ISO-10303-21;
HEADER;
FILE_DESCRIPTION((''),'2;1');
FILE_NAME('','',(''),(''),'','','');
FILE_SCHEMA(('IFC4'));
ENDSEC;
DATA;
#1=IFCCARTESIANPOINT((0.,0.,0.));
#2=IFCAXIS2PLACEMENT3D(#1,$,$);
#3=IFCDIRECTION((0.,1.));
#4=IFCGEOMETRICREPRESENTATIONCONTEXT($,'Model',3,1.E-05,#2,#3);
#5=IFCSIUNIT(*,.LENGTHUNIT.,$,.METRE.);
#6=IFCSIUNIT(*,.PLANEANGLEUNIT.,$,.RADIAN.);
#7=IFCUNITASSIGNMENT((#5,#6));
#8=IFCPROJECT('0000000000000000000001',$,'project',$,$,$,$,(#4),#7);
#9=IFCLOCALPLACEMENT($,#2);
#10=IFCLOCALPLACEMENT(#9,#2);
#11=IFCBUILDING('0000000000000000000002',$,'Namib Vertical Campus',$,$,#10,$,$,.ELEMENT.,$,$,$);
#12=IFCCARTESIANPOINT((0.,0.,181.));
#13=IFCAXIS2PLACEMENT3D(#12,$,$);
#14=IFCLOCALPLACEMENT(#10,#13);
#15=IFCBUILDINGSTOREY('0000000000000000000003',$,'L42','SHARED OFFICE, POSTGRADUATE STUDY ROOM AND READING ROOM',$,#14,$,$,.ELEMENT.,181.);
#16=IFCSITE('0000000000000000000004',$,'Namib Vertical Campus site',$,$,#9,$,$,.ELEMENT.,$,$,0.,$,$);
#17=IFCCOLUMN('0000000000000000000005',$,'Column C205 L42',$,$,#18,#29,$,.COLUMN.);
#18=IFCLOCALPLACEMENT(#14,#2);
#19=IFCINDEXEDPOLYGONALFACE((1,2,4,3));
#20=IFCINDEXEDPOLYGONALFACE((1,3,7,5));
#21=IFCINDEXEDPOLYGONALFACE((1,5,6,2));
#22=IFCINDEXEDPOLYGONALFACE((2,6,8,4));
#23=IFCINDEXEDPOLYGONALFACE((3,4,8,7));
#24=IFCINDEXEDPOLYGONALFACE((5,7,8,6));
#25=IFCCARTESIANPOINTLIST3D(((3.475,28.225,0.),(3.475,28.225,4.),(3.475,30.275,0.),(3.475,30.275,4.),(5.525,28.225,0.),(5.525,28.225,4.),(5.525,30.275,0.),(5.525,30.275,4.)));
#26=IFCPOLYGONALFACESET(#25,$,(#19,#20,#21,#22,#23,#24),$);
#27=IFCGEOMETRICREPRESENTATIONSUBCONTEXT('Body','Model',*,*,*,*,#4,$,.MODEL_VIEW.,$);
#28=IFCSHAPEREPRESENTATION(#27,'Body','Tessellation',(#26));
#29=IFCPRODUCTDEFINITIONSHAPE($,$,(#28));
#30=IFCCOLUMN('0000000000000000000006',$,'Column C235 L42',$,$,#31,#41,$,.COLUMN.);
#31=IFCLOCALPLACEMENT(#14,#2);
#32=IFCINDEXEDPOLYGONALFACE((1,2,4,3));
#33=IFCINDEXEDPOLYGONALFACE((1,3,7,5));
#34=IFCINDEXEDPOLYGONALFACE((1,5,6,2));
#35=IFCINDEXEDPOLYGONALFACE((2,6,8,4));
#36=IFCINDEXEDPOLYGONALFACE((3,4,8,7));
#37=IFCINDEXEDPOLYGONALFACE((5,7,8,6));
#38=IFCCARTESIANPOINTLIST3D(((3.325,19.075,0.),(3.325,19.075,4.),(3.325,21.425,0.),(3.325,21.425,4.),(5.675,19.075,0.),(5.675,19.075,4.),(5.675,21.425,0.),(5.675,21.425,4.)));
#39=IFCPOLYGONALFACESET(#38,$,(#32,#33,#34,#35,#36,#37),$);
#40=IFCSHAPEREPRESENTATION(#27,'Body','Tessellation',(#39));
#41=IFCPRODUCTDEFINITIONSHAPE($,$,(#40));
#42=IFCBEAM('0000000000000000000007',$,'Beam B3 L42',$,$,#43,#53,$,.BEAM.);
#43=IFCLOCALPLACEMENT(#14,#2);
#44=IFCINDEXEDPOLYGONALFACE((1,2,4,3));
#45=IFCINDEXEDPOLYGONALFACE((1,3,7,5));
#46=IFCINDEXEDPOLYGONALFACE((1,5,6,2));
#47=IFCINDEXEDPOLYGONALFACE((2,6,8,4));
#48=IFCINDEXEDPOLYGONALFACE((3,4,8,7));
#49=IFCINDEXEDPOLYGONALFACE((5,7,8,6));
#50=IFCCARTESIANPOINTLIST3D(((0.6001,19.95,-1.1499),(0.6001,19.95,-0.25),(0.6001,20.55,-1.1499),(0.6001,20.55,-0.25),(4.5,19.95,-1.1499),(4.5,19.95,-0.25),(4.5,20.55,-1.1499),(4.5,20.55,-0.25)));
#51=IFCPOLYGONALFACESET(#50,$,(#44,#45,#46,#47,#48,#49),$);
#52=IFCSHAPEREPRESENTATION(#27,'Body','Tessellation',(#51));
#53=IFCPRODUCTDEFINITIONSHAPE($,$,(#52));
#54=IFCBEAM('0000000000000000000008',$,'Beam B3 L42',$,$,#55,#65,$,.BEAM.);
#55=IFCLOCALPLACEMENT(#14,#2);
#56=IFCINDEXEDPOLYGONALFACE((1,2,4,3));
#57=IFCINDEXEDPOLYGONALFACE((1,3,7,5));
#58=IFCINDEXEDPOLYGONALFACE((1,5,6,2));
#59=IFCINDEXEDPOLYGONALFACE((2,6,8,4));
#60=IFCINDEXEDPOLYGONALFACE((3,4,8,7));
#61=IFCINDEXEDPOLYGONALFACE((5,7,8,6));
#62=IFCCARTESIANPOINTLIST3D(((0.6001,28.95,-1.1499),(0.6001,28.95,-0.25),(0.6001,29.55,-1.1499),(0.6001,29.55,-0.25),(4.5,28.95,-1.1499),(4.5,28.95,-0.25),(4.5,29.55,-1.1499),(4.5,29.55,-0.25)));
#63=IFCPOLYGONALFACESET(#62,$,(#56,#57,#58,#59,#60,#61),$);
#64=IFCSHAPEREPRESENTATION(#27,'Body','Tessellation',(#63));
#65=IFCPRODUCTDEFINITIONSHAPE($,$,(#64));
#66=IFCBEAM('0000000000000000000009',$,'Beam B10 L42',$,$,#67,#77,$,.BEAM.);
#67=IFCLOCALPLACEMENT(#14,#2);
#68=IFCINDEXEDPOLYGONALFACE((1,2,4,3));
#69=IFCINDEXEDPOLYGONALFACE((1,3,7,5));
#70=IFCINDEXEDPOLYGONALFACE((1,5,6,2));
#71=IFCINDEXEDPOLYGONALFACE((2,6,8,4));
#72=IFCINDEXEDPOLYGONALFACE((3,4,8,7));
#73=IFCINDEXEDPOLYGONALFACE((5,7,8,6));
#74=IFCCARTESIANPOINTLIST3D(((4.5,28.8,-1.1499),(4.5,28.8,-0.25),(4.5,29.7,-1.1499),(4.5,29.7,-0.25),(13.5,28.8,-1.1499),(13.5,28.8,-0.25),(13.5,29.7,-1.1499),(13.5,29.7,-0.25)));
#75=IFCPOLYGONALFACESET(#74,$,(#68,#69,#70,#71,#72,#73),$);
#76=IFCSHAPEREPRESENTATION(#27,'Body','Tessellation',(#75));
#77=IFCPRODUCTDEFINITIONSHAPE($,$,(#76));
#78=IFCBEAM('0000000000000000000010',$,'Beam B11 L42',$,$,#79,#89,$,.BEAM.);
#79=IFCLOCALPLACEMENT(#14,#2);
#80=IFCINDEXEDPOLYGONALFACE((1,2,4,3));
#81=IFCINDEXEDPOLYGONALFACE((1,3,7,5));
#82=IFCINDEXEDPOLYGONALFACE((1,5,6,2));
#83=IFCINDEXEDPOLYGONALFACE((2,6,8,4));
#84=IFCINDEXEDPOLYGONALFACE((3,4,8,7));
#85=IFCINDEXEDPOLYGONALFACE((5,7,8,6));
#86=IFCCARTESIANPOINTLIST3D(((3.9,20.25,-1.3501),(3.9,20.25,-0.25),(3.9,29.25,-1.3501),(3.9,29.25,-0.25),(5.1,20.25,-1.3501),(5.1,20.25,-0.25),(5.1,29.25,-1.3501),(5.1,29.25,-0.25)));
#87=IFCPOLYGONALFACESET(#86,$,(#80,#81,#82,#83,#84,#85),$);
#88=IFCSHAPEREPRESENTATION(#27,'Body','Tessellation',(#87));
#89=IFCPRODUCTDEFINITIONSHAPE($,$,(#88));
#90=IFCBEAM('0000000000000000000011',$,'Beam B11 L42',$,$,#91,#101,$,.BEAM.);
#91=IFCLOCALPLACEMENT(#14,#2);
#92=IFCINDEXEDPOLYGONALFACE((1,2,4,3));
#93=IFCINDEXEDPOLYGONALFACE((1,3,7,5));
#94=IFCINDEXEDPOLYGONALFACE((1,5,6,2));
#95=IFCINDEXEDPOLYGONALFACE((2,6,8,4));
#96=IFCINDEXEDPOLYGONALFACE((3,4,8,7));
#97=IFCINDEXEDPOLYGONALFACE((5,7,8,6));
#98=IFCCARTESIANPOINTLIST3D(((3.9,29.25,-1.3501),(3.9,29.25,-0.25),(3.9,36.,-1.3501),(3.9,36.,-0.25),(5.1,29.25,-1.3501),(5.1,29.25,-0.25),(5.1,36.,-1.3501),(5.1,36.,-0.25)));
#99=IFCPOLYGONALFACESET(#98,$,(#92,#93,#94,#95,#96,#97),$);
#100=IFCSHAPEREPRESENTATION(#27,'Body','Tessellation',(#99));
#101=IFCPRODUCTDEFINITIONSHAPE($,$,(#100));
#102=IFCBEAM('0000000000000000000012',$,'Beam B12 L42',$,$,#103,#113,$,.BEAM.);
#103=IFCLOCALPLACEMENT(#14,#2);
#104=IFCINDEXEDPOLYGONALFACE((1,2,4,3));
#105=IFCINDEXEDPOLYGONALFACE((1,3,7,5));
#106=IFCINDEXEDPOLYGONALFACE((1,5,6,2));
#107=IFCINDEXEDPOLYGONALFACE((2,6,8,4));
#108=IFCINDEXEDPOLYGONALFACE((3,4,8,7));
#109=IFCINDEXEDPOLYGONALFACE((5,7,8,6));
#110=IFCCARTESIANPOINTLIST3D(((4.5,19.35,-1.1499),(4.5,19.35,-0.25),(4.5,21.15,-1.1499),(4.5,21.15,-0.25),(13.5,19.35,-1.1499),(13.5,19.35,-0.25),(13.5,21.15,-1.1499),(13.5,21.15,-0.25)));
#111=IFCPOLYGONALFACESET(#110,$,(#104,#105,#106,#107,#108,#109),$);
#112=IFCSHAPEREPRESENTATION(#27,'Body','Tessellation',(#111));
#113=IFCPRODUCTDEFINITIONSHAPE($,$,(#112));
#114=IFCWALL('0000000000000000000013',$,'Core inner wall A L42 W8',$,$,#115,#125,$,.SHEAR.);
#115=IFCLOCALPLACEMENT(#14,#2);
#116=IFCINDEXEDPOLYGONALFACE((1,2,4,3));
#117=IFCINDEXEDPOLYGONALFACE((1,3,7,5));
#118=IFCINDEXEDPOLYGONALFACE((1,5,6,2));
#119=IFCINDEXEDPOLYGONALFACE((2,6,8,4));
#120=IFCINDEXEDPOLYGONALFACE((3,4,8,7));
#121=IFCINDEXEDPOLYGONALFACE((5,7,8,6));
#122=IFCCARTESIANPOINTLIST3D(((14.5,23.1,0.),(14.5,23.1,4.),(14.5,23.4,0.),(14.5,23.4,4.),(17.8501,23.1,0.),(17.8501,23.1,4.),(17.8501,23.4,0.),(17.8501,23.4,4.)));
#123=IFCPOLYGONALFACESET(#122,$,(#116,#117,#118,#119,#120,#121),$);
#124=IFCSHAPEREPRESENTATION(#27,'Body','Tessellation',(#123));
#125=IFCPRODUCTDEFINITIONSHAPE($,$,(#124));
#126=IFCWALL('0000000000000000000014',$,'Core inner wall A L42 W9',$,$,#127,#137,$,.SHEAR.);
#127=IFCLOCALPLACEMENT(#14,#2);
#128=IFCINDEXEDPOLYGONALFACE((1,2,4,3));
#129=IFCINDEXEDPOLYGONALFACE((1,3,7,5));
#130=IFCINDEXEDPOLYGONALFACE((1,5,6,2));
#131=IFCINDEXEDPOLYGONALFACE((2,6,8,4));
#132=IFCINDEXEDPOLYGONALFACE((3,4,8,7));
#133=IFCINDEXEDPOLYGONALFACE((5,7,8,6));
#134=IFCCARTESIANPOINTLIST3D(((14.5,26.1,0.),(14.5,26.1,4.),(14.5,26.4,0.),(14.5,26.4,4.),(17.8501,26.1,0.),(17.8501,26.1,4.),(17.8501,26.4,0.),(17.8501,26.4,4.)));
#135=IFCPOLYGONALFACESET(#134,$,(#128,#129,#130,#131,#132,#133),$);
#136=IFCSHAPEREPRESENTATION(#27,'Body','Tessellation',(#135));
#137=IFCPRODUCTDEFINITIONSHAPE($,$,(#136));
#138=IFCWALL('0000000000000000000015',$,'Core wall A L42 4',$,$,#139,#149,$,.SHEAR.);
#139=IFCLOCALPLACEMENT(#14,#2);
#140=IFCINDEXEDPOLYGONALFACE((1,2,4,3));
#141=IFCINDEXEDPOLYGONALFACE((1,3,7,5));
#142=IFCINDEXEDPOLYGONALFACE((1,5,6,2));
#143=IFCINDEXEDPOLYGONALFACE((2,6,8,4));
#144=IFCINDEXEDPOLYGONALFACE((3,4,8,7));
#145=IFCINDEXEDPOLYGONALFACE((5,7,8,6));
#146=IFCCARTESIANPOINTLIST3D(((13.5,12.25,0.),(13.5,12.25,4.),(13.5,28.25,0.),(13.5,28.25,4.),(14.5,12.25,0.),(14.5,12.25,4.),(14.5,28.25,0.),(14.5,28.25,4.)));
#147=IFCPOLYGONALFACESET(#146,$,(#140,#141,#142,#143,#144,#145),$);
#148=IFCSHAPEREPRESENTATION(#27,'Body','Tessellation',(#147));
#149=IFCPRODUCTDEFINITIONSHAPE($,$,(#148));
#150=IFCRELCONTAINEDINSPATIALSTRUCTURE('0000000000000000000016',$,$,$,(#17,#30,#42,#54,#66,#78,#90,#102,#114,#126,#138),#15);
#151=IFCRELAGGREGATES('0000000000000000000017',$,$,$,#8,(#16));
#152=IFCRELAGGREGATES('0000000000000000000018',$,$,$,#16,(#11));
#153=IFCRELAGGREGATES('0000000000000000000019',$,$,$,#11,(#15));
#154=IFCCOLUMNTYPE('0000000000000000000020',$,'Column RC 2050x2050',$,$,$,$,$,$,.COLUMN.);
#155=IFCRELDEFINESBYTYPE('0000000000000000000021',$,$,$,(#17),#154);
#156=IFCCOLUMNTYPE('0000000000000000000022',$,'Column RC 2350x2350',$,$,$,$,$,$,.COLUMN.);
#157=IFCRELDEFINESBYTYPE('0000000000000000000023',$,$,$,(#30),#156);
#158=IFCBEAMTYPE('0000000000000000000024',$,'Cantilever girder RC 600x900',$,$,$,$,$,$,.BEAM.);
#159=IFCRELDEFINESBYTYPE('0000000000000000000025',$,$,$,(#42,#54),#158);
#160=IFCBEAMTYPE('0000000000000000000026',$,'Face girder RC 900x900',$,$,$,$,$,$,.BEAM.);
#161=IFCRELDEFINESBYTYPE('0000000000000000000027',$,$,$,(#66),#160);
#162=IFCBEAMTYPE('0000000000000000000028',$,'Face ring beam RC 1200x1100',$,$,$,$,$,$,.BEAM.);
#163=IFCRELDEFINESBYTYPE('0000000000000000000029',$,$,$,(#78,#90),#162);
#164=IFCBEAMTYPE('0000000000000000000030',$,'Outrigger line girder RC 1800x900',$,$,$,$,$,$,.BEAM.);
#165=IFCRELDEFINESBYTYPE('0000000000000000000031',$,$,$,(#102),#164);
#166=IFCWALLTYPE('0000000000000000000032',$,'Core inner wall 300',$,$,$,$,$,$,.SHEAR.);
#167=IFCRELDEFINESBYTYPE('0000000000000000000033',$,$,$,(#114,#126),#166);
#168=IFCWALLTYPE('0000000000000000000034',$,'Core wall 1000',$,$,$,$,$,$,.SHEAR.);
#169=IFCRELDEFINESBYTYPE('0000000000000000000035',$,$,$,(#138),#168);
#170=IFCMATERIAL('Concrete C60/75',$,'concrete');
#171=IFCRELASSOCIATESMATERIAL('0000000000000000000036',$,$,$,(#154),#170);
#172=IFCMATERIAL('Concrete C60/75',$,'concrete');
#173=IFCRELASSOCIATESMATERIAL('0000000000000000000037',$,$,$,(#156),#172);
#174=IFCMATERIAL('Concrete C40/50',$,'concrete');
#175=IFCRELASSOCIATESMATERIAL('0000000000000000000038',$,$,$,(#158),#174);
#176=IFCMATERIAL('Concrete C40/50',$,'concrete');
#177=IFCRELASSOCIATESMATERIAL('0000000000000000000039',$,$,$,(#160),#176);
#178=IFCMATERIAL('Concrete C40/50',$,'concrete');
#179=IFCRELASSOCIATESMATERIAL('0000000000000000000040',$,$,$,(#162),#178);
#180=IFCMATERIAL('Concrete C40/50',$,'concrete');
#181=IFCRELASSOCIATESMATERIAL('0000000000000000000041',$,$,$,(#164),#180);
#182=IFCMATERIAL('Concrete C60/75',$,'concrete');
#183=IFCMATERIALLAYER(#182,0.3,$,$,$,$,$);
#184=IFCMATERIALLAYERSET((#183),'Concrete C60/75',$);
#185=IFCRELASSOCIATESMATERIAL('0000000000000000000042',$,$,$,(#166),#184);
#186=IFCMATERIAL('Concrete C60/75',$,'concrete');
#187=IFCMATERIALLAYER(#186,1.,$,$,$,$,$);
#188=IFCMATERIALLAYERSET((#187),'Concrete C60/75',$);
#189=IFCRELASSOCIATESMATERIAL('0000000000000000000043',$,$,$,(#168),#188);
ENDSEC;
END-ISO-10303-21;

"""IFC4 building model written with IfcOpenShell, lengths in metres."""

from ifc_helpers import new_model, si_unit, direction, frame, frame_2d, origin, origin_2d, place, context, subcontext, project, spatial, rectangle, extrude, material, layer, layer_set, material_profile, profile_set, type_object, element, save


model = new_model("IFC4")

# Units and contexts
model_context = context("Model", 3, precision=1e-05, world=origin(), true_north=direction((0.0, 1.0)))
body_context = subcontext(model_context, "Body", "Model", "MODEL_VIEW")
ifc_project = project(units=[si_unit("LENGTHUNIT", "METRE"), si_unit("PLANEANGLEUNIT", "RADIAN")], contexts=[model_context])

# Site, building, storey
site_placement = place(None, origin())
site = spatial("IfcSite", under=ifc_project, at=site_placement, Name="Namib Vertical Campus site", CompositionType="ELEMENT", RefElevation=0.0)
building_placement = place(site_placement, origin())
building = spatial("IfcBuilding", under=site, at=building_placement, Name="Namib Vertical Campus", CompositionType="ELEMENT")
storey_placement = place(building_placement, frame((0.0, 0.0, 181.0)))
storey = spatial("IfcBuildingStorey", under=building, at=storey_placement, Name="L42", Description="SHARED OFFICE, POSTGRADUATE STUDY ROOM AND READING ROOM", CompositionType="ELEMENT", Elevation=181.0)

# Columns
ifc_material_1 = material(Name="Concrete C60/75", Category="concrete")
ifc_material_profile_1 = material_profile(ifc_material_1, rectangle(XDim=2.05, YDim=2.05, at=origin_2d()))
ifc_profile_set_1 = profile_set([ifc_material_profile_1], Name="Concrete C60/75")
column_type_1 = type_object("IfcColumnType", Name="Column RC 2050x2050", PredefinedType="COLUMN", material=ifc_profile_set_1)
column_1_placement = place(storey_placement, frame((4.5, 29.25, 0.0), z_axis=(0.0, 0.0, 1.0), x_axis=(1.0, 0.0, 0.0)))
element("IfcColumn", 1, at=column_1_placement, inside=storey, type_object=column_type_1, Name="Column C205 L42", PredefinedType="COLUMN", context=body_context, shape_type="SweptSolid", body=[
    extrude(rectangle(XDim=2.05, YDim=2.05, at=origin_2d()), origin(), (0.0, 0.0, 1.0), 4.0),
])
ifc_material_2 = material(Name="Concrete C60/75", Category="concrete")
ifc_material_profile_2 = material_profile(ifc_material_2, rectangle(XDim=2.3501, YDim=2.3501, at=origin_2d()))
ifc_profile_set_2 = profile_set([ifc_material_profile_2], Name="Concrete C60/75")
column_type_2 = type_object("IfcColumnType", Name="Column RC 2350x2350", PredefinedType="COLUMN", material=ifc_profile_set_2)
column_2_placement = place(storey_placement, frame((4.5, 20.25, 0.0), z_axis=(0.0, 0.0, 1.0), x_axis=(1.0, 0.0, 0.0)))
element("IfcColumn", 2, at=column_2_placement, inside=storey, type_object=column_type_2, Name="Column C235 L42", PredefinedType="COLUMN", context=body_context, shape_type="SweptSolid", body=[
    extrude(rectangle(XDim=2.3501, YDim=2.3501, at=origin_2d()), origin(), (0.0, 0.0, 1.0), 4.0),
])

# Beams
ifc_material_3 = material(Name="Concrete C40/50", Category="concrete")
ifc_material_profile_3 = material_profile(ifc_material_3, rectangle(XDim=0.6001, YDim=0.8999, at=origin_2d()))
ifc_profile_set_3 = profile_set([ifc_material_profile_3], Name="Concrete C40/50")
beam_type_1 = type_object("IfcBeamType", Name="Cantilever girder RC 600x900", PredefinedType="BEAM", material=ifc_profile_set_3)
for number, where, z_axis, x_axis, name in (
    (3, (4.5, 20.25, -0.7), (-1.0, 0.0, 0.0), (0.0, -1.0, 0.0), "Beam B3 L42"),
    (4, (4.5, 29.25, -0.7), (-1.0, 0.0, 0.0), (0.0, -1.0, 0.0), "Beam B3 L42"),
):
    element("IfcBeam", number, at=place(storey_placement, frame(where, z_axis=z_axis, x_axis=x_axis)), inside=storey, type_object=beam_type_1, Name=name, PredefinedType="BEAM", context=body_context, shape_type="SweptSolid", body=[
        extrude(rectangle(XDim=0.6001, YDim=0.8999, at=origin_2d()), origin(), (0.0, 0.0, 1.0), 3.8999),
    ])
ifc_material_4 = material(Name="Concrete C40/50", Category="concrete")
ifc_material_profile_4 = material_profile(ifc_material_4, rectangle(XDim=0.8999, YDim=0.8999, at=origin_2d()))
ifc_profile_set_4 = profile_set([ifc_material_profile_4], Name="Concrete C40/50")
beam_type_2 = type_object("IfcBeamType", Name="Face girder RC 900x900", PredefinedType="BEAM", material=ifc_profile_set_4)
beam_1_placement = place(storey_placement, frame((4.5, 29.25, -0.7), z_axis=(1.0, 0.0, 0.0), x_axis=(0.0, 1.0, 0.0)))
element("IfcBeam", 5, at=beam_1_placement, inside=storey, type_object=beam_type_2, Name="Beam B10 L42", PredefinedType="BEAM", context=body_context, shape_type="SweptSolid", body=[
    extrude(rectangle(XDim=0.8999, YDim=0.8999, at=origin_2d()), origin(), (0.0, 0.0, 1.0), 9.0),
])
ifc_material_5 = material(Name="Concrete C40/50", Category="concrete")
ifc_material_profile_5 = material_profile(ifc_material_5, rectangle(XDim=1.2, YDim=1.1001, at=origin_2d()))
ifc_profile_set_5 = profile_set([ifc_material_profile_5], Name="Concrete C40/50")
beam_type_3 = type_object("IfcBeamType", Name="Face ring beam RC 1200x1100", PredefinedType="BEAM", material=ifc_profile_set_5)
beam_2_placement = place(storey_placement, frame((4.5, 20.25, -0.8), z_axis=(0.0, 1.0, 0.0), x_axis=(-1.0, 0.0, 0.0)))
element("IfcBeam", 6, at=beam_2_placement, inside=storey, type_object=beam_type_3, Name="Beam B11 L42", PredefinedType="BEAM", context=body_context, shape_type="SweptSolid", body=[
    extrude(rectangle(XDim=1.2, YDim=1.1001, at=origin_2d()), origin(), (0.0, 0.0, 1.0), 9.0),
])
beam_3_placement = place(storey_placement, frame((4.5, 29.25, -0.8), z_axis=(0.0, 1.0, 0.0), x_axis=(-1.0, 0.0, 0.0)))
element("IfcBeam", 7, at=beam_3_placement, inside=storey, type_object=beam_type_3, Name="Beam B11 L42", PredefinedType="BEAM", context=body_context, shape_type="SweptSolid", body=[
    extrude(rectangle(XDim=1.2, YDim=1.1001, at=origin_2d()), origin(), (0.0, 0.0, 1.0), 6.75),
])
ifc_material_6 = material(Name="Concrete C40/50", Category="concrete")
ifc_material_profile_6 = material_profile(ifc_material_6, rectangle(XDim=1.8, YDim=0.8999, at=origin_2d()))
ifc_profile_set_6 = profile_set([ifc_material_profile_6], Name="Concrete C40/50")
beam_type_4 = type_object("IfcBeamType", Name="Outrigger line girder RC 1800x900", PredefinedType="BEAM", material=ifc_profile_set_6)
beam_4_placement = place(storey_placement, frame((4.5, 20.25, -0.7), z_axis=(1.0, 0.0, 0.0), x_axis=(0.0, 1.0, 0.0)))
element("IfcBeam", 8, at=beam_4_placement, inside=storey, type_object=beam_type_4, Name="Beam B12 L42", PredefinedType="BEAM", context=body_context, shape_type="SweptSolid", body=[
    extrude(rectangle(XDim=1.8, YDim=0.8999, at=origin_2d()), origin(), (0.0, 0.0, 1.0), 9.0),
])

# Walls
ifc_material_7 = material(Name="Concrete C60/75", Category="concrete")
ifc_layer_1 = layer(ifc_material_7, 0.3)
ifc_layer_set_1 = layer_set([ifc_layer_1], Name="Concrete C60/75")
wall_type_1 = type_object("IfcWallType", Name="Core inner wall 300", PredefinedType="SHEAR", material=ifc_layer_set_1)
for number, where, z_axis, x_axis, name in (
    (9, (14.5, 23.25, 0.0), (0.0, 0.0, 1.0), (1.0, 0.0, 0.0), "Core inner wall A L42 W8"),
    (10, (14.5, 26.25, 0.0), (0.0, 0.0, 1.0), (1.0, 0.0, 0.0), "Core inner wall A L42 W9"),
):
    element("IfcWall", number, at=place(storey_placement, frame(where, z_axis=z_axis, x_axis=x_axis)), inside=storey, type_object=wall_type_1, Name=name, PredefinedType="SHEAR", context=body_context, shape_type="SweptSolid", body=[
        extrude(rectangle(XDim=3.3501, YDim=0.3, at=frame_2d((1.675, 0.0))), origin(), (0.0, 0.0, 1.0), 4.0),
    ])
ifc_material_8 = material(Name="Concrete C60/75", Category="concrete")
ifc_layer_2 = layer(ifc_material_8, 1.0)
ifc_layer_set_2 = layer_set([ifc_layer_2], Name="Concrete C60/75")
wall_type_2 = type_object("IfcWallType", Name="Core wall 1000", PredefinedType="SHEAR", material=ifc_layer_set_2)
wall_1_placement = place(storey_placement, frame((14.0, 28.25, 0.0), z_axis=(0.0, 0.0, 1.0), x_axis=(0.0, -1.0, 0.0)))
element("IfcWall", 11, at=wall_1_placement, inside=storey, type_object=wall_type_2, Name="Core wall A L42 4", PredefinedType="SHEAR", context=body_context, shape_type="SweptSolid", body=[
    extrude(rectangle(XDim=16.0, YDim=1.0, at=frame_2d((8.0, 0.0))), origin(), (0.0, 0.0, 1.0), 4.0),
])

save(model, "model.ifc")
